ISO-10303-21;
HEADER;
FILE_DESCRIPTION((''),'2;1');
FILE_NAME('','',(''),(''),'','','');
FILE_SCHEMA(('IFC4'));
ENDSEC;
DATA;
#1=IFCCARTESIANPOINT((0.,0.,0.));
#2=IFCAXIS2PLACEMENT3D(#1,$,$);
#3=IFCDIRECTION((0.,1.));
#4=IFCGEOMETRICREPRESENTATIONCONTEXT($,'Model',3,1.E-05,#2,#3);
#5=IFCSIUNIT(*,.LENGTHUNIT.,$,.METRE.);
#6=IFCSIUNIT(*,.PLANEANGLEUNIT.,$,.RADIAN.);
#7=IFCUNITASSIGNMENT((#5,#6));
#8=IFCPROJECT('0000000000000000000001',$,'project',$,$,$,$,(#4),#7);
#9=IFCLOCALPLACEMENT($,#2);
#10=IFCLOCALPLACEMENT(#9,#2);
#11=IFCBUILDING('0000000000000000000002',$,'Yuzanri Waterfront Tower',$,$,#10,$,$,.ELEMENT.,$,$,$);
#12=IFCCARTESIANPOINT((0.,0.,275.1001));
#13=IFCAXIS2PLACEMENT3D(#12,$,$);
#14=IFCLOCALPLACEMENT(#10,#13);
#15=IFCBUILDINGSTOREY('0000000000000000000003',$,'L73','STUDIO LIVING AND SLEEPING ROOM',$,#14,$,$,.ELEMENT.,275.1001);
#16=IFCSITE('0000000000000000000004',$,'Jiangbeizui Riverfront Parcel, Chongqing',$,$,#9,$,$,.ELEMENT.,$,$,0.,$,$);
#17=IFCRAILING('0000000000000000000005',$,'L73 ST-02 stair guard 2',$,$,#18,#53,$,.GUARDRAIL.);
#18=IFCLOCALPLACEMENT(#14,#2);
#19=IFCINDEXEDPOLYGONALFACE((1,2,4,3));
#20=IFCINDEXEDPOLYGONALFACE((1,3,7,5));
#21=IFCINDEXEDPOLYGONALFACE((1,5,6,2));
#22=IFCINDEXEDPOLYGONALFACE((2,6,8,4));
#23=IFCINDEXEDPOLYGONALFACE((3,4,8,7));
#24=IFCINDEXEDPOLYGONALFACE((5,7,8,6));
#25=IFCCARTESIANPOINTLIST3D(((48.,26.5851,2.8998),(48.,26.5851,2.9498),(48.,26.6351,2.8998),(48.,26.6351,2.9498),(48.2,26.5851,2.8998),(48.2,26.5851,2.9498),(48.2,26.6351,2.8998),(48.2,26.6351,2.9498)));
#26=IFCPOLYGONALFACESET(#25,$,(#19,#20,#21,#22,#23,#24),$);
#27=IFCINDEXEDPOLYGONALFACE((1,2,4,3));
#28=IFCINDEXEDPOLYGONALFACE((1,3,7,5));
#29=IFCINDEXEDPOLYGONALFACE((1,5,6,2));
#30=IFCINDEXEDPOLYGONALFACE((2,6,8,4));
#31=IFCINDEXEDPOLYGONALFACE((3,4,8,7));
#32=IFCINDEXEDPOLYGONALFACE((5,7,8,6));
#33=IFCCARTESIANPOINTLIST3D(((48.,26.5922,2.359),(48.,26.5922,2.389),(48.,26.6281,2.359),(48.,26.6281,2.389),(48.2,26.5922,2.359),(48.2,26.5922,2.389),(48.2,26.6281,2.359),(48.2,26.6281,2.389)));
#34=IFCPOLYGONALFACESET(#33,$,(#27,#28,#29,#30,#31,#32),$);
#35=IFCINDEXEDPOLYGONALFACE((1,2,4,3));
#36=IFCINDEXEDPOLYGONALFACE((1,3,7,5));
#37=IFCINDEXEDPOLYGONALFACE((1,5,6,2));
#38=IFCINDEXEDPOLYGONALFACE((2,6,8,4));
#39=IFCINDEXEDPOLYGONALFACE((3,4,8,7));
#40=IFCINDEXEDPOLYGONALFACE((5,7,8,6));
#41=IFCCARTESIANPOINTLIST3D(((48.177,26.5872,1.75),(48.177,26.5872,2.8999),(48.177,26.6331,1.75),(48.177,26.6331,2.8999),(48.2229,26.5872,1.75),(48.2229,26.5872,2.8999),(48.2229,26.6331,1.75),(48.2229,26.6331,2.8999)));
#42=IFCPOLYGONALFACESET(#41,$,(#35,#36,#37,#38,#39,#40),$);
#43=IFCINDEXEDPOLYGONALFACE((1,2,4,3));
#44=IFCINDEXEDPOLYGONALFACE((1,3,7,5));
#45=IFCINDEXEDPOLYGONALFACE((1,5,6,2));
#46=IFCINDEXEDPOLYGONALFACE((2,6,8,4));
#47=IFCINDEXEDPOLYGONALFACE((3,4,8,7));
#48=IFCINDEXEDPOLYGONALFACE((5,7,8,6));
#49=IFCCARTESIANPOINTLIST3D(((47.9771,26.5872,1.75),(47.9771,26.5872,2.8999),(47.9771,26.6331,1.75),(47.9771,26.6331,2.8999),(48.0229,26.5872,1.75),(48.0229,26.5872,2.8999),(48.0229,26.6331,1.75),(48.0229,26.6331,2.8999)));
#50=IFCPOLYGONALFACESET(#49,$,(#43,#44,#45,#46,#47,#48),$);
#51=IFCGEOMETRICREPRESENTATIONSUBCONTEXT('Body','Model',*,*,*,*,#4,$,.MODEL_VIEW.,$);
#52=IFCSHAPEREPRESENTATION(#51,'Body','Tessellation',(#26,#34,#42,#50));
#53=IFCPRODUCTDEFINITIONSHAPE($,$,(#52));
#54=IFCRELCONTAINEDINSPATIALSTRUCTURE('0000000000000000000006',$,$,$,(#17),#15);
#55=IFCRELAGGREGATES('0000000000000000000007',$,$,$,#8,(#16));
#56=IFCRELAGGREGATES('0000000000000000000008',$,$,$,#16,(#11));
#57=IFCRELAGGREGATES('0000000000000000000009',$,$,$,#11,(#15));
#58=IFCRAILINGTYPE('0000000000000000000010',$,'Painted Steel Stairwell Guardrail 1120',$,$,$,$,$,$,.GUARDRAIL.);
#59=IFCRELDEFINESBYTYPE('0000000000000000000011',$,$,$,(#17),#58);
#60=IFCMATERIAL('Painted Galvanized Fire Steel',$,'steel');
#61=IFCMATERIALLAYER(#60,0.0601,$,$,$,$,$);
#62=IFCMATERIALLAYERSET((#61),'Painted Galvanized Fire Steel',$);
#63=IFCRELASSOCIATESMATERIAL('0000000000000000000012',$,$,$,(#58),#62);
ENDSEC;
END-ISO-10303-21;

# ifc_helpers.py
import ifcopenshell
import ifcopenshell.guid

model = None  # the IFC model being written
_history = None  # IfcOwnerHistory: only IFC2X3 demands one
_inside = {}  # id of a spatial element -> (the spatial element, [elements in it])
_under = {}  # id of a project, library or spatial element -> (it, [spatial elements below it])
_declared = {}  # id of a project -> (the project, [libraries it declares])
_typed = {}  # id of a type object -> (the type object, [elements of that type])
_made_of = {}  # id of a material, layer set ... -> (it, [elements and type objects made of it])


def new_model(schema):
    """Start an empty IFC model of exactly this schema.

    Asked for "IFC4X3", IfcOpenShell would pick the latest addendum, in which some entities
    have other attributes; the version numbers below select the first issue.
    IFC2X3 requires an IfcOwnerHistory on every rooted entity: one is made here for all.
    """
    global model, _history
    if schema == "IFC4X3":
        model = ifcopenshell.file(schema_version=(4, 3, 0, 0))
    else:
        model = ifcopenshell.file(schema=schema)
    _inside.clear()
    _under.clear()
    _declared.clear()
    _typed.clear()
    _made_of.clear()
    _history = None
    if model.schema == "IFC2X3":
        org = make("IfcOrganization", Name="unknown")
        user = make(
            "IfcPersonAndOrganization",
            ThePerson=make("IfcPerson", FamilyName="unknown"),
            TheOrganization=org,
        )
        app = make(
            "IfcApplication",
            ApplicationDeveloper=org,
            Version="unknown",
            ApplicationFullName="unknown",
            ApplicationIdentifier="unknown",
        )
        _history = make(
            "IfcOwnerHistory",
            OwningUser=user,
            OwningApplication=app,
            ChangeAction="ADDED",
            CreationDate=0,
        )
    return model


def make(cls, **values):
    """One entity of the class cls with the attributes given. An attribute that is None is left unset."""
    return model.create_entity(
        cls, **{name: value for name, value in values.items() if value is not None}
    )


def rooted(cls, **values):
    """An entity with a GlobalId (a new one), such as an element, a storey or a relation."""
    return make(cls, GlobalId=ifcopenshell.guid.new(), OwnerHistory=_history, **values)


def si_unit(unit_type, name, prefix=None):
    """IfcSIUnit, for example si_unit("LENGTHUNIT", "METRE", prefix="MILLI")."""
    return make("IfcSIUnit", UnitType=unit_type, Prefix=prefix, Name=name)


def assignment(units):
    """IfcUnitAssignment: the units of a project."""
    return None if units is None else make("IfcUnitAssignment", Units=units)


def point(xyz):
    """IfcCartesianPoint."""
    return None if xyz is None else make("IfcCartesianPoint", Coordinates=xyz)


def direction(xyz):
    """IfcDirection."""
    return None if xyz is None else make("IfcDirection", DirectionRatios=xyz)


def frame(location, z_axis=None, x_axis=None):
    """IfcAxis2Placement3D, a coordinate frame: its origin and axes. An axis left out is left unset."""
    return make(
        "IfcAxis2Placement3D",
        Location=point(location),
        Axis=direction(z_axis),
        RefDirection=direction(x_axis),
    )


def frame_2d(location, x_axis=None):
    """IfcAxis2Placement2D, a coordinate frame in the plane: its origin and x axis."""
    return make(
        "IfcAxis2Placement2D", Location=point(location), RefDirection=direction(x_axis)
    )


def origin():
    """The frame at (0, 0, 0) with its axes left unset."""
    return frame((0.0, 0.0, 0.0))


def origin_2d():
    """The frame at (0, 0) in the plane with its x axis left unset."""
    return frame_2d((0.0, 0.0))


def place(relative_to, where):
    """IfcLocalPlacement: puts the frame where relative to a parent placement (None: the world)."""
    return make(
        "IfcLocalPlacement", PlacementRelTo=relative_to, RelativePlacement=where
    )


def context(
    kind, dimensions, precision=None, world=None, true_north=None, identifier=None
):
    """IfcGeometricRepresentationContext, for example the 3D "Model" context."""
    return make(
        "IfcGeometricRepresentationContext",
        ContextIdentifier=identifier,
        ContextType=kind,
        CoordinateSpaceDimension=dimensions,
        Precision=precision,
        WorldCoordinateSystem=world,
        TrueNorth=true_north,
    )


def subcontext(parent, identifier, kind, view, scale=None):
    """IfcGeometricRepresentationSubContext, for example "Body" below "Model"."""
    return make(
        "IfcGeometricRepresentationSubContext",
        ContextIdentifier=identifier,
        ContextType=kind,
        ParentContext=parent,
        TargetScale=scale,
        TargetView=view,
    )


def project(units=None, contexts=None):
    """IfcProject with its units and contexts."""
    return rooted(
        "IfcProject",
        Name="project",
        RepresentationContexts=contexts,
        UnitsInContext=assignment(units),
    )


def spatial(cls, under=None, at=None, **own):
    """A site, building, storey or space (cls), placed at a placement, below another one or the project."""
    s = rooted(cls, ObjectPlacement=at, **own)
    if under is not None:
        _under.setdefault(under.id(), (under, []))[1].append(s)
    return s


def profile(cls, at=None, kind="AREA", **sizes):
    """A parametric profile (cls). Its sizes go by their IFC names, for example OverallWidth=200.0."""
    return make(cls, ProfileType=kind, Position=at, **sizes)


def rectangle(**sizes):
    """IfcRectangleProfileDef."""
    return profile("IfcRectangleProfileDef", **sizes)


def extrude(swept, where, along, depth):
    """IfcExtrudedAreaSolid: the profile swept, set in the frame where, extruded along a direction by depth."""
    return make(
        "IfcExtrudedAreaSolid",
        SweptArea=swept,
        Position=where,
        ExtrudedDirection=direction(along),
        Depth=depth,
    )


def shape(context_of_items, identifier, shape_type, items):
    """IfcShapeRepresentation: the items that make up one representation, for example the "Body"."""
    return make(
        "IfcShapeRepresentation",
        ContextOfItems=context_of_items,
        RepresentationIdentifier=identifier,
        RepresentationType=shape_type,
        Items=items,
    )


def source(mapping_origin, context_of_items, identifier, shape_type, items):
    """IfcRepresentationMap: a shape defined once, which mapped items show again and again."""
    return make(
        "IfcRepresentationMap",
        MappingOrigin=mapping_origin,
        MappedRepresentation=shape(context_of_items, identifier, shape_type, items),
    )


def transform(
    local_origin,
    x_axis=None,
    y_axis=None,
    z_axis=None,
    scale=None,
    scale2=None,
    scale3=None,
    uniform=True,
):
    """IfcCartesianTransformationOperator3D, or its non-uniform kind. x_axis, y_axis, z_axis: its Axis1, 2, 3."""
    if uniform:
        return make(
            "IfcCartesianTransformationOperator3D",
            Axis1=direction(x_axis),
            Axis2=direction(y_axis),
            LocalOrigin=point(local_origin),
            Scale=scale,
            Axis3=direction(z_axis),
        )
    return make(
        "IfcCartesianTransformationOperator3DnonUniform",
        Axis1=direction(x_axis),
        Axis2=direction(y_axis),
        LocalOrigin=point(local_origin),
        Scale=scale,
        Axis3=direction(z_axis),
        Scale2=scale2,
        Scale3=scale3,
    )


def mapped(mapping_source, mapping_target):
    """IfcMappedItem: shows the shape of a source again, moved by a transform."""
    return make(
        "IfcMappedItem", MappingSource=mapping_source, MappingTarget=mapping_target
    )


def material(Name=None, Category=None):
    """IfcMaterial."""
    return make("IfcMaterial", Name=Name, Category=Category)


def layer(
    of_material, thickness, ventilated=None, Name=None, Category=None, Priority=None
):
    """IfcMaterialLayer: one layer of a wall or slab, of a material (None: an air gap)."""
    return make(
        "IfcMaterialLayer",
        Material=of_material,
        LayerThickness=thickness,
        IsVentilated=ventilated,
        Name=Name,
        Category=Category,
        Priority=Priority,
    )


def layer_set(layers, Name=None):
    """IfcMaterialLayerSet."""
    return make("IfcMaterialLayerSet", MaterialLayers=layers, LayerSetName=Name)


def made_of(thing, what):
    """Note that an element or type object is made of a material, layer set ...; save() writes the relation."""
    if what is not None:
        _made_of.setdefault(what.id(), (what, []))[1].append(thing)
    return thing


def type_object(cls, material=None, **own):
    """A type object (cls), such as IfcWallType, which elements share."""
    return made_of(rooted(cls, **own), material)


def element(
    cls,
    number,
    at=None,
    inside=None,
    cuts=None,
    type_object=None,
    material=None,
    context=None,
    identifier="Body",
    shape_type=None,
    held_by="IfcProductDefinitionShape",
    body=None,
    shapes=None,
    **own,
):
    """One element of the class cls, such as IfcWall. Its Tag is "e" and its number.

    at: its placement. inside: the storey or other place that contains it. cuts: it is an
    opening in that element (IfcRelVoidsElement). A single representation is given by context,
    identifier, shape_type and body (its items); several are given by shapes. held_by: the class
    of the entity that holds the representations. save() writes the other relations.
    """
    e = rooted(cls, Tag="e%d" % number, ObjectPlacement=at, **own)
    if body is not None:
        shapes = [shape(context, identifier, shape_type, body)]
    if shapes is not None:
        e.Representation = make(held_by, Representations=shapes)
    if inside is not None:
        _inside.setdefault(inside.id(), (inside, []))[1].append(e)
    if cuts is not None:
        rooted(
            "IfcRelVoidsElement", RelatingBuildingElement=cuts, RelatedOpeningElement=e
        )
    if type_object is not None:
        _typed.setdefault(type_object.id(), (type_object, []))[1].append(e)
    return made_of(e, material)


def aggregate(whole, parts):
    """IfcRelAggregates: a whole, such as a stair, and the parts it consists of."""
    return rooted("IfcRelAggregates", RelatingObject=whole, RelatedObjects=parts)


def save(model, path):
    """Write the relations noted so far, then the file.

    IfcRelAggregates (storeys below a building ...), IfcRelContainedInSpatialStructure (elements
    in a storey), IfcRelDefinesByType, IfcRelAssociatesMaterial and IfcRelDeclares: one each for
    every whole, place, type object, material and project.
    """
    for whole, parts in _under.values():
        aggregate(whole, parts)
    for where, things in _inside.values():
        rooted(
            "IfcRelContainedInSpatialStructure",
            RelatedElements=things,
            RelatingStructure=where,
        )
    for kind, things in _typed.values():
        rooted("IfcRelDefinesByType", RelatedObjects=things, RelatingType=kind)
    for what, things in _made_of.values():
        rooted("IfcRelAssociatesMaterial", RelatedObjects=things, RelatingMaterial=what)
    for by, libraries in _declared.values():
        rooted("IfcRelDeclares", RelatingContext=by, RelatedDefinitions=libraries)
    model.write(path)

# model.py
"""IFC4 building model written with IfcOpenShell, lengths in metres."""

from ifc_helpers import new_model, si_unit, direction, frame, origin, origin_2d, place, context, subcontext, project, spatial, rectangle, extrude, source, transform, mapped, material, layer, layer_set, type_object, element, save


model = new_model("IFC4")

# Units and contexts
model_context = context("Model", 3, precision=1e-05, world=origin(), true_north=direction((0.0, 1.0)))
body_context = subcontext(model_context, "Body", "Model", "MODEL_VIEW")
ifc_project = project(units=[si_unit("LENGTHUNIT", "METRE"), si_unit("PLANEANGLEUNIT", "RADIAN")], contexts=[model_context])

# Site, building, storey
site_placement = place(None, origin())
site = spatial("IfcSite", under=ifc_project, at=site_placement, Name="Jiangbeizui Riverfront Parcel, Chongqing", CompositionType="ELEMENT", RefElevation=0.0)
building_placement = place(site_placement, origin())
building = spatial("IfcBuilding", under=site, at=building_placement, Name="Yuzanri Waterfront Tower", CompositionType="ELEMENT")
storey_placement = place(building_placement, frame((0.0, 0.0, 275.1001)))
storey = spatial("IfcBuildingStorey", under=building, at=storey_placement, Name="L73", Description="STUDIO LIVING AND SLEEPING ROOM", CompositionType="ELEMENT", Elevation=275.1001)

# Railing
ifc_material_1 = material(Name="Painted Galvanized Fire Steel", Category="steel")
ifc_layer_1 = layer(ifc_material_1, 0.0601)
ifc_layer_set_1 = layer_set([ifc_layer_1], Name="Painted Galvanized Fire Steel")
railing_type = type_object("IfcRailingType", Name="Painted Steel Stairwell Guardrail 1120", PredefinedType="GUARDRAIL", material=ifc_layer_set_1)
shared_shape_1 = source(origin(), body_context, "Body", "SweptSolid", [
    extrude(rectangle(XDim=0.05, YDim=0.05, at=origin_2d()), frame((0.0, 0.0, 1.1748), z_axis=(-1.0, 0.0, 0.0), x_axis=(0.0, -1.0, 0.0)), (0.0, 0.0, 1.0), 0.2),
    extrude(rectangle(XDim=0.0359, YDim=0.03, at=origin_2d()), frame((0.0, 0.0, 0.624), z_axis=(-1.0, 0.0, 0.0), x_axis=(0.0, -1.0, 0.0)), (0.0, 0.0, 1.0), 0.2),
    extrude(rectangle(XDim=0.0459, YDim=0.0459, at=origin_2d()), origin(), (0.0, 0.0, 1.0), 1.1499),
    extrude(rectangle(XDim=0.0459, YDim=0.0459, at=origin_2d()), frame((-0.2, 0.0, 0.0)), (0.0, 0.0, 1.0), 1.1499),
])
railing_placement = place(storey_placement, frame((48.2, 26.6101, 1.75)))
element("IfcRailing", 1, at=railing_placement, inside=storey, type_object=railing_type, Name="L73 ST-02 stair guard 2", PredefinedType="GUARDRAIL", context=body_context, shape_type="MappedRepresentation", body=[
    mapped(shared_shape_1, transform((0.0, 0.0, 0.0), scale=1.0)),
])

save(model, "model.ifc")
